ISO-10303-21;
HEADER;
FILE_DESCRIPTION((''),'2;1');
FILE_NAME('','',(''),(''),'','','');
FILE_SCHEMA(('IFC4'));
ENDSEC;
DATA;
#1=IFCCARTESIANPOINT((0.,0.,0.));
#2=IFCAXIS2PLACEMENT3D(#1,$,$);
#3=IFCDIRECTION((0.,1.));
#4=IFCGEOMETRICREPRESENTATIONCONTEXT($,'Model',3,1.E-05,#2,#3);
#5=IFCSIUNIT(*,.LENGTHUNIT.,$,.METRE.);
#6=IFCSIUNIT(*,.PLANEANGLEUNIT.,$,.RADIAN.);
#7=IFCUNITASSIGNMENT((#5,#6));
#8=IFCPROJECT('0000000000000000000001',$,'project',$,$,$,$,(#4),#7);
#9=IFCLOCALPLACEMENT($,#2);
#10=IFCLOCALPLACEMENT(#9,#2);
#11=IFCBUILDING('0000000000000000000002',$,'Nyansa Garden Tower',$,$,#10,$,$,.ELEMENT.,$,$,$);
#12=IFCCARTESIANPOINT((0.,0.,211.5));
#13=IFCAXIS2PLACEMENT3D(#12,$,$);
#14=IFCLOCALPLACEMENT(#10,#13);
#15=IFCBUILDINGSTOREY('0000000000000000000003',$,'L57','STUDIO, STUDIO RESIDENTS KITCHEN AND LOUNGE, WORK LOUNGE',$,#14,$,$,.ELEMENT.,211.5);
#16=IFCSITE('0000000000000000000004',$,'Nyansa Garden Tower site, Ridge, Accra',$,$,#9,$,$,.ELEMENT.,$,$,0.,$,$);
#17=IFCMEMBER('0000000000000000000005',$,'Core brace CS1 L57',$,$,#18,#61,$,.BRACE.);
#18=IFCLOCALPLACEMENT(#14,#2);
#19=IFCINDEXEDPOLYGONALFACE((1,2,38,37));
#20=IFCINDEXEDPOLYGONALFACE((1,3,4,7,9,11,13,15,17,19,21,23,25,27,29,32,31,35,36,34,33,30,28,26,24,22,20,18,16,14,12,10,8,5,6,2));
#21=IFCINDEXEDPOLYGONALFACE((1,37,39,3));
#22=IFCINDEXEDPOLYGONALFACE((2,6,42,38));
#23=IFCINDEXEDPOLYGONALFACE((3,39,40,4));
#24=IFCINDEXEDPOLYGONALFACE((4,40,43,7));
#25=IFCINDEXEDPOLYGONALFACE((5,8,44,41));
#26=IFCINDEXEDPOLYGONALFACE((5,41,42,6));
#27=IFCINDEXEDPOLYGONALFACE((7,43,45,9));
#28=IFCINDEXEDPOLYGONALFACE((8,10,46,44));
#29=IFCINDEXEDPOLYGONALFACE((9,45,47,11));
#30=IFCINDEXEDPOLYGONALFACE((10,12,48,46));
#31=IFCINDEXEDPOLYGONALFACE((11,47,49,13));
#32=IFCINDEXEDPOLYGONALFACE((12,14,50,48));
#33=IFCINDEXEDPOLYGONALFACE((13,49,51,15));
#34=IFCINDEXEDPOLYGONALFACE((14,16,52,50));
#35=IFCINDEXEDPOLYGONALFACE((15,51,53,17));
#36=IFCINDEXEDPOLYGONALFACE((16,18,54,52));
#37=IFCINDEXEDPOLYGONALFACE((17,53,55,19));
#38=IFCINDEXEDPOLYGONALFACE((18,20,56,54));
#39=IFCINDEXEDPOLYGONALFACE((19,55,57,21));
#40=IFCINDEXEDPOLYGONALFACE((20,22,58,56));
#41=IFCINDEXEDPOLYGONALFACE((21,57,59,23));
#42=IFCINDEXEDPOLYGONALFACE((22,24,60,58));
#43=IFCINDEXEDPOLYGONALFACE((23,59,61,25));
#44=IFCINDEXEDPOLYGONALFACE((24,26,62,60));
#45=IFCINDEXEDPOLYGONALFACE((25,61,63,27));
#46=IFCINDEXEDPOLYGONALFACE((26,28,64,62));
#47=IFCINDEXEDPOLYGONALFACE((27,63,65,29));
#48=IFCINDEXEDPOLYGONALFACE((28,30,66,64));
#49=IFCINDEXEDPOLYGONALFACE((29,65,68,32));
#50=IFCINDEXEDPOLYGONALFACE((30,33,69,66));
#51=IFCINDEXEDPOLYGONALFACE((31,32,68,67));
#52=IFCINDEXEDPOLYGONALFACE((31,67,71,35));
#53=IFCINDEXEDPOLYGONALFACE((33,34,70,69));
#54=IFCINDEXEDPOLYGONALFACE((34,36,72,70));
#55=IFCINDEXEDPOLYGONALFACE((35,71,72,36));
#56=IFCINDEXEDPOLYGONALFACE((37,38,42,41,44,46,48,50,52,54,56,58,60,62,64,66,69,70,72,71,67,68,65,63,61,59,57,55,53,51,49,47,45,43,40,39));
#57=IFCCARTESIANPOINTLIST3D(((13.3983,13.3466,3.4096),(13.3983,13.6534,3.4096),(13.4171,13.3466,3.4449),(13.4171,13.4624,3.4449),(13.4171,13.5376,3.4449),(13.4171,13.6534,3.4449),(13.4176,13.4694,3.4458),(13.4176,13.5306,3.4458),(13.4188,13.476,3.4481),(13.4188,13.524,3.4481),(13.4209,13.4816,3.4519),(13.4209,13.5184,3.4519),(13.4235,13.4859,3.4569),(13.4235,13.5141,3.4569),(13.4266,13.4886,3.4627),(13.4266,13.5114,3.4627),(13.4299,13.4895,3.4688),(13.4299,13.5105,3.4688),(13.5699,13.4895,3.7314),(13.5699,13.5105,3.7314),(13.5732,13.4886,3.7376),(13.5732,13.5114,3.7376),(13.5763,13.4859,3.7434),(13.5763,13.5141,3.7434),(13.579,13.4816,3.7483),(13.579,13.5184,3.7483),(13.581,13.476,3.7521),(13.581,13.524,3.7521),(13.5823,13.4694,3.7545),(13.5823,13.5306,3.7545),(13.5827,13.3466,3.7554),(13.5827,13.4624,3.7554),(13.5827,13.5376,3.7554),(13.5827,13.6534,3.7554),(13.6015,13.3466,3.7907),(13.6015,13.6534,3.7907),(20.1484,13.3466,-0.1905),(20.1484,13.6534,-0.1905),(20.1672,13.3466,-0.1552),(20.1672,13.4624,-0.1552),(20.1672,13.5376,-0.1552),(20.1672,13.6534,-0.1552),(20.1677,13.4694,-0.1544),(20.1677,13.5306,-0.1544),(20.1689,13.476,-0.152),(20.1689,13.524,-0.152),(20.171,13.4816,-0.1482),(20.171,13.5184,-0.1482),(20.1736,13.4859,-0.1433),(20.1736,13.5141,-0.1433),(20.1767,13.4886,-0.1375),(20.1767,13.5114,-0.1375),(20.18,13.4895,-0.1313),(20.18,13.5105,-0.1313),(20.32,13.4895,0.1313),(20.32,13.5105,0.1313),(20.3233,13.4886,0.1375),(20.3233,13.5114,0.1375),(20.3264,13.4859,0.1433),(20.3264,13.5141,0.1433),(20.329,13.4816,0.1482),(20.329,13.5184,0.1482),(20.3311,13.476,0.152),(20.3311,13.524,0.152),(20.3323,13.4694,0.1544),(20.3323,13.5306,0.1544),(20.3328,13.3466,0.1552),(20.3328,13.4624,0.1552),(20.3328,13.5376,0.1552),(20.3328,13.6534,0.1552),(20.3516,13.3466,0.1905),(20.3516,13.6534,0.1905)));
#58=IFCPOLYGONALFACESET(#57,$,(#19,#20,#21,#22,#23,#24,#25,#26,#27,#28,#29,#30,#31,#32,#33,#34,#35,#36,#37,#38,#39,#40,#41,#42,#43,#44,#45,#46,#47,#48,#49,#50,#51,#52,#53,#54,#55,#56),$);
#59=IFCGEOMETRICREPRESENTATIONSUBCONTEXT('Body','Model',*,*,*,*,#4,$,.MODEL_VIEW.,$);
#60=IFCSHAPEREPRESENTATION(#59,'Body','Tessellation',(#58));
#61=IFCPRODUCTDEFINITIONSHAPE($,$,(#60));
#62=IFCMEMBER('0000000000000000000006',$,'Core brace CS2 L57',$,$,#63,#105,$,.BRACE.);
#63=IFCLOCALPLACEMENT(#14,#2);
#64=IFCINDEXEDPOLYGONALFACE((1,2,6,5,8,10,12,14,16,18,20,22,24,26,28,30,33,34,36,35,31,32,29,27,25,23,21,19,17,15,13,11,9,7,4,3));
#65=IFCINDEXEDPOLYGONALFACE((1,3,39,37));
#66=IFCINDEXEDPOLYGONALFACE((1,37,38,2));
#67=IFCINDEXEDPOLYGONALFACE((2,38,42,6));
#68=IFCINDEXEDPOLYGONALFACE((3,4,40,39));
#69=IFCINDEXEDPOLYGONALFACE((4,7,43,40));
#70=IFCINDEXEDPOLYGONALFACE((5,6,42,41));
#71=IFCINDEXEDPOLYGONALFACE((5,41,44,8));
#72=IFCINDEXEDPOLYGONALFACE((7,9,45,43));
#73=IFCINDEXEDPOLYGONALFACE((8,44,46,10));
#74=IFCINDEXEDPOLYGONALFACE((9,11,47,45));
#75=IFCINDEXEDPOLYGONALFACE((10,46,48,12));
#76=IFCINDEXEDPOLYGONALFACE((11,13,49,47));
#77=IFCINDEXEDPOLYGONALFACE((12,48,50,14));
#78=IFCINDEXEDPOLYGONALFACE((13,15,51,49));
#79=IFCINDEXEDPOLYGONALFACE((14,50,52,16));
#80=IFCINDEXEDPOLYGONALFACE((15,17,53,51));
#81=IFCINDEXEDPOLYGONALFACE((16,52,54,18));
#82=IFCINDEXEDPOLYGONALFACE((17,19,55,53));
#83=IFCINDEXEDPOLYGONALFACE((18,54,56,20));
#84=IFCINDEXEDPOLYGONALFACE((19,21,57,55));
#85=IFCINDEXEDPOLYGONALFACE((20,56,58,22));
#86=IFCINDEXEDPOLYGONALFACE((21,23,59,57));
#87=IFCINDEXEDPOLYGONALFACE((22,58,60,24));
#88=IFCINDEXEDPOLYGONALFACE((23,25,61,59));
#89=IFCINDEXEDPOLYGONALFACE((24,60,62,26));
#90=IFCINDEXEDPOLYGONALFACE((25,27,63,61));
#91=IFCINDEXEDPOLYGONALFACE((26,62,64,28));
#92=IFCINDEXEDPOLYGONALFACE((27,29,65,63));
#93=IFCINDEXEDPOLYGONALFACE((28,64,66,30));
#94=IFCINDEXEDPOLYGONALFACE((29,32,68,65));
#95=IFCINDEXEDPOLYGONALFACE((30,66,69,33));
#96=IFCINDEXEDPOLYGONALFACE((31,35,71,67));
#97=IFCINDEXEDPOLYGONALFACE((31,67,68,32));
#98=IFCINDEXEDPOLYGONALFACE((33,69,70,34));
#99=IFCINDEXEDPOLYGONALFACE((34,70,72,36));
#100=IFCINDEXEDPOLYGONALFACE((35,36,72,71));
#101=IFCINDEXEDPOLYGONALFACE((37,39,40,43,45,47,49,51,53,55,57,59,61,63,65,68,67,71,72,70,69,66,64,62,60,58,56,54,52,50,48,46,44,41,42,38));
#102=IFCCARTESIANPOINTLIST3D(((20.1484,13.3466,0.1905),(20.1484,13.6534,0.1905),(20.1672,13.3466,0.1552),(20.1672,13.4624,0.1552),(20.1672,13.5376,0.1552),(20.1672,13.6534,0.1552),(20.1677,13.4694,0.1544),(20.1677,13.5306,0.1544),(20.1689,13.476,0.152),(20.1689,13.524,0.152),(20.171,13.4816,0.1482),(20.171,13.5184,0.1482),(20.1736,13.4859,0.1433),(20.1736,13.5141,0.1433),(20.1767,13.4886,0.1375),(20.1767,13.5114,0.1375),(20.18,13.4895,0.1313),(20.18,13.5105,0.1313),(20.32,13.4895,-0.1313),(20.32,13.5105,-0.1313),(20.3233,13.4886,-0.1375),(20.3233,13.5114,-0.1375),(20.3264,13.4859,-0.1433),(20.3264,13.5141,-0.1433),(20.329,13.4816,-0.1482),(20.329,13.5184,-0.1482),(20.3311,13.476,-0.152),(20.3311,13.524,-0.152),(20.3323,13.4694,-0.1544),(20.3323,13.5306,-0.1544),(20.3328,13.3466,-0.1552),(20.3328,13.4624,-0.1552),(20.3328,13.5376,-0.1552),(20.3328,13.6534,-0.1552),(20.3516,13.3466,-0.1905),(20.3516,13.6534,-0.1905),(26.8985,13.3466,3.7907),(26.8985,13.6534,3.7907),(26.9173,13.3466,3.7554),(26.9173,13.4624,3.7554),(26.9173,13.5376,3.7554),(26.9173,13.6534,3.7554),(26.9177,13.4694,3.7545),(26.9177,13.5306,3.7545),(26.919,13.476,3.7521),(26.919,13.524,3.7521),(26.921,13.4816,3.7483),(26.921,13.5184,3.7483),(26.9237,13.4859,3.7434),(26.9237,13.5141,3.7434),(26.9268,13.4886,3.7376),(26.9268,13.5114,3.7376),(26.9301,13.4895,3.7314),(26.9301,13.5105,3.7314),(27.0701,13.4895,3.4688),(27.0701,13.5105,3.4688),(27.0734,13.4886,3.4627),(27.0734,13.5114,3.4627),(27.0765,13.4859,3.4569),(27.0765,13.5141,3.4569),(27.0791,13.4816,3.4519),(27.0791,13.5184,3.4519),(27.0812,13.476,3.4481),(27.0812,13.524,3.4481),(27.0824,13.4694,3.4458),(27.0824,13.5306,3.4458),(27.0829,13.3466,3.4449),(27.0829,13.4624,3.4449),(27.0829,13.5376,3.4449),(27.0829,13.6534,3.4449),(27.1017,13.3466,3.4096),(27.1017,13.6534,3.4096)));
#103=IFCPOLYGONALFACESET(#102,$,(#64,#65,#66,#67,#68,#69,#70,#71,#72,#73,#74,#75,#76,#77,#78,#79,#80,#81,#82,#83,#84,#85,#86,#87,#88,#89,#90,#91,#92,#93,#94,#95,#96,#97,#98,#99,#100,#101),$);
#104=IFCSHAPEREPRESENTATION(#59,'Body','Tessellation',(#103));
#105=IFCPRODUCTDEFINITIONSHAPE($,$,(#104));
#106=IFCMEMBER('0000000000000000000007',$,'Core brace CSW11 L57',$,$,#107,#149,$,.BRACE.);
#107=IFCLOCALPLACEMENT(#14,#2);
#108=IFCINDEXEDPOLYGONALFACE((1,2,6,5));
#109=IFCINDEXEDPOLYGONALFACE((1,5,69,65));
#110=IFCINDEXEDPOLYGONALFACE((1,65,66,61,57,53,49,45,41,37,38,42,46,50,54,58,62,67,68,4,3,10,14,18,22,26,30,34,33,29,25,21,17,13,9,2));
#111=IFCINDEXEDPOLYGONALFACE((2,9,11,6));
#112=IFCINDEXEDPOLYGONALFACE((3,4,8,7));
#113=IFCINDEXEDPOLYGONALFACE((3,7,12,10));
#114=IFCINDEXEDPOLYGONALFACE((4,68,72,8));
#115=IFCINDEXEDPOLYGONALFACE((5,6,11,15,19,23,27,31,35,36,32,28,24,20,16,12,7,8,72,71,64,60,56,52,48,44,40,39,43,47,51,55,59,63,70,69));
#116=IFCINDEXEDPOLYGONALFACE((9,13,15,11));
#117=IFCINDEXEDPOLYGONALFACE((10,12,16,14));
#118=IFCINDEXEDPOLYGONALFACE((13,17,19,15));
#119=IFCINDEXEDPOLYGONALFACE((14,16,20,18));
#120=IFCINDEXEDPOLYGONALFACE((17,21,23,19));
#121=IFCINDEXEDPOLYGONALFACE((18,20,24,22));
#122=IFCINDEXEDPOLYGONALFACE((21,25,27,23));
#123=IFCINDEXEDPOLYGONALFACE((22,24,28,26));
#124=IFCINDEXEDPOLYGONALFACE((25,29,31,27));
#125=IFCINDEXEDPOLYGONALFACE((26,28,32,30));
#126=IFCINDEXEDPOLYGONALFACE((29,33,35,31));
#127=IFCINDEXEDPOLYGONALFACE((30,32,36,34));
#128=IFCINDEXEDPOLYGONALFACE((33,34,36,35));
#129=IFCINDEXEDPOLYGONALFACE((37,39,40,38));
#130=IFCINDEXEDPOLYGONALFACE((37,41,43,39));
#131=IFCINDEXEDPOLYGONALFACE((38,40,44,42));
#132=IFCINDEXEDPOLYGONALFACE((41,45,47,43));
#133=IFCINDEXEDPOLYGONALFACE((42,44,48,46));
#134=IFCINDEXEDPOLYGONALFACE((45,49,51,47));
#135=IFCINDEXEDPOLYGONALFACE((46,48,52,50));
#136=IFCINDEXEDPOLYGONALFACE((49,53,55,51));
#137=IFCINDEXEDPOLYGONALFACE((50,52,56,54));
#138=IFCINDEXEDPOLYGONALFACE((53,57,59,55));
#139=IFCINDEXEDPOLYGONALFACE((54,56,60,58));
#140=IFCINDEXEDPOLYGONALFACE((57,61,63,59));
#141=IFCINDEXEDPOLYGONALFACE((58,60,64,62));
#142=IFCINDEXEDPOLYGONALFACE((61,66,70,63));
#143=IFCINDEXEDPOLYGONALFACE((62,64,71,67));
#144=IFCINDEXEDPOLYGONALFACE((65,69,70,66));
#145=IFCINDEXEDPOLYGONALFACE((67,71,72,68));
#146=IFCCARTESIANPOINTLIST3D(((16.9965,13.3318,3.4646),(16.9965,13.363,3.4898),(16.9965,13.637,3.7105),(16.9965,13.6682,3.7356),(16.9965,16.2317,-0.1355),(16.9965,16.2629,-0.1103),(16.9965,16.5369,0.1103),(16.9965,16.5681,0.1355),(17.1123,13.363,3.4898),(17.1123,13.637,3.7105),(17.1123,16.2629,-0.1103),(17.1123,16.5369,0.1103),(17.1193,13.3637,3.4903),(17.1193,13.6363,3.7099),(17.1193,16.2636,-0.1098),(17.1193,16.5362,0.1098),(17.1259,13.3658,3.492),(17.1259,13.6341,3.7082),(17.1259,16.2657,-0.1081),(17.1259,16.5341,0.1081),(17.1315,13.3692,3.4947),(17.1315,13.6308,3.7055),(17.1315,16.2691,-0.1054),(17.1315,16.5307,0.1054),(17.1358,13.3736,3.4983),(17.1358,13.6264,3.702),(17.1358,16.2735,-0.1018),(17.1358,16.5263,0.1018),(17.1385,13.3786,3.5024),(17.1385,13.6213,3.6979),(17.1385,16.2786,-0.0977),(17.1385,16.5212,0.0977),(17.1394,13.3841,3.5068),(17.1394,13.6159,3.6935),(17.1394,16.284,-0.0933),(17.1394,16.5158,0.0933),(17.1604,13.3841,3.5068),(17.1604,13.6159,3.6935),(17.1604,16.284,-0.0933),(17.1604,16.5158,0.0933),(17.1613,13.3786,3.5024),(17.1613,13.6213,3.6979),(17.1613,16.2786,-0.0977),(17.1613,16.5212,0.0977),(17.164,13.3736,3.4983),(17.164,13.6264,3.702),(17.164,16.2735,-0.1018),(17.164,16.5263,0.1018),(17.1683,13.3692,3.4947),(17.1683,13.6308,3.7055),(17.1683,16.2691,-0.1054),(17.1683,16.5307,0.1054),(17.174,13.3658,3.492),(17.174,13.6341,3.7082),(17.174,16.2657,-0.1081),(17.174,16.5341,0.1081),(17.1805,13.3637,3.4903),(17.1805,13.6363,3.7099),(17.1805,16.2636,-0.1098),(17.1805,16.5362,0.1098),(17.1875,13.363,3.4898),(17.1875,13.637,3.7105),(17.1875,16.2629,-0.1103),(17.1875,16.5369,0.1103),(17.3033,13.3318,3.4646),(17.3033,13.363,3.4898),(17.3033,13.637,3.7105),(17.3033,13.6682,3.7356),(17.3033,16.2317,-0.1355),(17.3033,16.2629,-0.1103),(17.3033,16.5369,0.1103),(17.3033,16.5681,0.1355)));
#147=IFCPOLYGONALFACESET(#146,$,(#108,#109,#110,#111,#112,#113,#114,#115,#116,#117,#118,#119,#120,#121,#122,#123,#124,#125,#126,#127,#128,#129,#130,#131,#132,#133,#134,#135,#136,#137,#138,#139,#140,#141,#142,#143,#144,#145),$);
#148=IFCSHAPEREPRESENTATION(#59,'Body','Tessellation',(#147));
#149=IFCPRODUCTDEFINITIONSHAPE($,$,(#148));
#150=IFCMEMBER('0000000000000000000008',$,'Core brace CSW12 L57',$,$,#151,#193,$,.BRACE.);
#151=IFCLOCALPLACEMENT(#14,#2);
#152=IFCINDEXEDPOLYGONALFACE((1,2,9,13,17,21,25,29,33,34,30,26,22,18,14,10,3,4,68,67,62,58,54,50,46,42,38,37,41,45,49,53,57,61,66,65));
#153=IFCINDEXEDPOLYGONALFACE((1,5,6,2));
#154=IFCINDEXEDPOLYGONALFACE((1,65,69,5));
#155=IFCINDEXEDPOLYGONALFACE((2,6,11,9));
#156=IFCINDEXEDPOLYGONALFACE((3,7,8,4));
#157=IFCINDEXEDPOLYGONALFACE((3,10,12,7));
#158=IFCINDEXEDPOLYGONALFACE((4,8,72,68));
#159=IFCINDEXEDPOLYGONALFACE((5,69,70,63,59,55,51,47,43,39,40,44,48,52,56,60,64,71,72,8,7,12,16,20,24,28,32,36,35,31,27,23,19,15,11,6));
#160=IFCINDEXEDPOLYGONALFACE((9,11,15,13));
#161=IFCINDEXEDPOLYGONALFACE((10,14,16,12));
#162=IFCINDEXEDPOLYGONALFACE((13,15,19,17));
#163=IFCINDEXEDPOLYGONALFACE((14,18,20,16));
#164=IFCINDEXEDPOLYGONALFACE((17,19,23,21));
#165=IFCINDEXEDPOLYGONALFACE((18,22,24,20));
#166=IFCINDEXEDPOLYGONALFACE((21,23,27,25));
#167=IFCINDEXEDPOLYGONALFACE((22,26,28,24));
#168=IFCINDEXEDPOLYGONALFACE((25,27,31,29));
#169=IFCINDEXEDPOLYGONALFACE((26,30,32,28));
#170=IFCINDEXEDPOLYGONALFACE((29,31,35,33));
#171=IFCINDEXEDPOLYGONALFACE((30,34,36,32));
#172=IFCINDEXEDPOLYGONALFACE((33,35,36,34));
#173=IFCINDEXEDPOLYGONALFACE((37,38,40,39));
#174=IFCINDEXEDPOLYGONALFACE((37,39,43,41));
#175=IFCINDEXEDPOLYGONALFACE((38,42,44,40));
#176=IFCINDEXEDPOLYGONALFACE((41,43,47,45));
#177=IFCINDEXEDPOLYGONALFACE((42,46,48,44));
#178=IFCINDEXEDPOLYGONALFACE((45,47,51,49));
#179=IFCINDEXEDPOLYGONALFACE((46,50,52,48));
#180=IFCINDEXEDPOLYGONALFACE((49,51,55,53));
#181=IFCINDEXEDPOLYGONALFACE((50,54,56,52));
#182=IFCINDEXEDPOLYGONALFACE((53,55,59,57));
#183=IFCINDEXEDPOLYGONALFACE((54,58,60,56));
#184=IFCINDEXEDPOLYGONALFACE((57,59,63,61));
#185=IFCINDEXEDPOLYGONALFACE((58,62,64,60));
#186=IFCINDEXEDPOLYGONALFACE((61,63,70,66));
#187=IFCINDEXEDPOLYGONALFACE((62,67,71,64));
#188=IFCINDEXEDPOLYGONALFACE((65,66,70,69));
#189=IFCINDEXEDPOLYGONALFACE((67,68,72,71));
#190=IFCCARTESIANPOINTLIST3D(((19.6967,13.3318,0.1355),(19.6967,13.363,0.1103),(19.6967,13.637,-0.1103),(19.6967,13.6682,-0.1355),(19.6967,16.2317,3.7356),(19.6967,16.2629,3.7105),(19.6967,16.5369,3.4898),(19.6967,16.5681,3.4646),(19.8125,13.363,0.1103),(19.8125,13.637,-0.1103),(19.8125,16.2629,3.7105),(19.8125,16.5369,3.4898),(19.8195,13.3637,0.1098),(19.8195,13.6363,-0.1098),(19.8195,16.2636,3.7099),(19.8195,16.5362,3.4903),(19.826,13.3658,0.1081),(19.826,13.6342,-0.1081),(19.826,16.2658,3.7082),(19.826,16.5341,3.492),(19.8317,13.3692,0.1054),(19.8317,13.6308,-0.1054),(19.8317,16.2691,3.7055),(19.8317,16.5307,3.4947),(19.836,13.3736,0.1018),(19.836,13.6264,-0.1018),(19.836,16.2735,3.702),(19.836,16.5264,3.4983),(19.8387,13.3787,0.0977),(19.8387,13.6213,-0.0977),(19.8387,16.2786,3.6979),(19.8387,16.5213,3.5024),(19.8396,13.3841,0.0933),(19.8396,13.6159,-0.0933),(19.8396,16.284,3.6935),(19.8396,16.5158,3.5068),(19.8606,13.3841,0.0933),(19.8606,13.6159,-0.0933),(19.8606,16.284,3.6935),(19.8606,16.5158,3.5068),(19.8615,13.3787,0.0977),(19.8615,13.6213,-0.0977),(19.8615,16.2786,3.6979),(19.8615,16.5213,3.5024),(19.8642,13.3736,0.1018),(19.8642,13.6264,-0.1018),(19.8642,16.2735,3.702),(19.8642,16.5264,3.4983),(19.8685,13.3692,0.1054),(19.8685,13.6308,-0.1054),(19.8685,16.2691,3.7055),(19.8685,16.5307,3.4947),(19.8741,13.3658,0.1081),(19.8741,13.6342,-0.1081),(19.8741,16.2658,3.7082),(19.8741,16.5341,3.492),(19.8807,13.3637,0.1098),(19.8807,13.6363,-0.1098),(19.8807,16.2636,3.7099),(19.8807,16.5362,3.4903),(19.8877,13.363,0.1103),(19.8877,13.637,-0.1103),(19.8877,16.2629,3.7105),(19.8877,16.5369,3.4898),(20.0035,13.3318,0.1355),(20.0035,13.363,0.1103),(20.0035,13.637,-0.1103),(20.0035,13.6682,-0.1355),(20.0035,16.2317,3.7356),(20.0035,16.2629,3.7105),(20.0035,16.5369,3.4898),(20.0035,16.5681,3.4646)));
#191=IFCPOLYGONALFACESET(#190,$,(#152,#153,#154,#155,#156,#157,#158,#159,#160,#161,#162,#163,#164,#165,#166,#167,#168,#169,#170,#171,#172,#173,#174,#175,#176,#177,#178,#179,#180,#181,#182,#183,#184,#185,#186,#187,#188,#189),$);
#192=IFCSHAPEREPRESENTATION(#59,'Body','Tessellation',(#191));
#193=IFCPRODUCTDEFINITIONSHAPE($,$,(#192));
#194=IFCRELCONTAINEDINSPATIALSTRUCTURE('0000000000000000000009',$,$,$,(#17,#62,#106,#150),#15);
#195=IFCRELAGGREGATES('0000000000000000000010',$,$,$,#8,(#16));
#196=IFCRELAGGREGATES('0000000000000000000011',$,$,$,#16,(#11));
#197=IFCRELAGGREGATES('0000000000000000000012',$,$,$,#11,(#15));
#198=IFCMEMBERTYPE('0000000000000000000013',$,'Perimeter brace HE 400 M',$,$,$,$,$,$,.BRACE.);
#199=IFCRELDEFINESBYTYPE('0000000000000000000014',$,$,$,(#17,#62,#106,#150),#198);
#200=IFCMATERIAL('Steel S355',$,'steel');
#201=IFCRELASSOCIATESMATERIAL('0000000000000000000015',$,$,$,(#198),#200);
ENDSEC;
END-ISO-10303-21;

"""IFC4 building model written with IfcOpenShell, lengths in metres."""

from ifc_helpers import new_model, si_unit, direction, frame, origin, origin_2d, place, context, subcontext, project, spatial, i_section, extrude, material, material_profile, profile_set, type_object, element, save


model = new_model("IFC4")

# Units and contexts
model_context = context("Model", 3, precision=1e-05, world=origin(), true_north=direction((0.0, 1.0)))
body_context = subcontext(model_context, "Body", "Model", "MODEL_VIEW")
ifc_project = project(units=[si_unit("LENGTHUNIT", "METRE"), si_unit("PLANEANGLEUNIT", "RADIAN")], contexts=[model_context])

# Site, building, storey
site_placement = place(None, origin())
site = spatial("IfcSite", under=ifc_project, at=site_placement, Name="Nyansa Garden Tower site, Ridge, Accra", CompositionType="ELEMENT", RefElevation=0.0)
building_placement = place(site_placement, origin())
building = spatial("IfcBuilding", under=site, at=building_placement, Name="Nyansa Garden Tower", CompositionType="ELEMENT")
storey_placement = place(building_placement, frame((0.0, 0.0, 211.5)))
storey = spatial("IfcBuildingStorey", under=building, at=storey_placement, Name="L57", Description="STUDIO, STUDIO RESIDENTS KITCHEN AND LOUNGE, WORK LOUNGE", CompositionType="ELEMENT", Elevation=211.5)

# Members
ifc_material_1 = material(Name="Steel S355", Category="steel")
ifc_material_profile_1 = material_profile(ifc_material_1, i_section(OverallWidth=0.3069, OverallDepth=0.4319, WebThickness=0.021, FlangeThickness=0.04, FilletRadius=0.0271, at=origin_2d()), Name="HE 400 M")
ifc_profile_set_1 = profile_set([ifc_material_profile_1], Name="Steel S355")
member_type = type_object("IfcMemberType", Name="Perimeter brace HE 400 M", PredefinedType="BRACE", material=ifc_profile_set_1)
for number, where, z_axis, x_axis, name in (
    (1, (20.25, 13.5, 0.0), (-0.882348, 0.0, 0.470598), (0.0, -1.0, 0.0), "Core brace CS1 L57"),
    (2, (20.25, 13.5, 0.0), (0.882348, 0.0, 0.470598), (0.0, 1.0, 0.0), "Core brace CS2 L57"),
):
    element("IfcMember", number, at=place(storey_placement, frame(where, z_axis=z_axis, x_axis=x_axis)), inside=storey, type_object=member_type, Name=name, PredefinedType="BRACE", context=body_context, shape_type="SweptSolid", body=[
        extrude(i_section(OverallWidth=0.3069, OverallDepth=0.4319, WebThickness=0.021, FlangeThickness=0.04, FilletRadius=0.0271, at=origin_2d()), origin(), (0.0, 0.0, 1.0), 7.6501),
    ])
for number, where, z_axis, x_axis, name in (
    (3, (17.1499, 16.3999, 0.0), (0.0, -0.627306, 0.778773), (1.0, 0.0, 0.0), "Core brace CSW11 L57"),
    (4, (19.8501, 13.5, 0.0), (0.0, 0.627306, 0.778773), (-1.0, 0.0, 0.0), "Core brace CSW12 L57"),
):
    element("IfcMember", number, at=place(storey_placement, frame(where, z_axis=z_axis, x_axis=x_axis)), inside=storey, type_object=member_type, Name=name, PredefinedType="BRACE", context=body_context, shape_type="SweptSolid", body=[
        extrude(i_section(OverallWidth=0.3069, OverallDepth=0.4319, WebThickness=0.021, FlangeThickness=0.04, FilletRadius=0.0271, at=origin_2d()), origin(), (0.0, 0.0, 1.0), 4.6228),
    ])

save(model, "model.ifc")
